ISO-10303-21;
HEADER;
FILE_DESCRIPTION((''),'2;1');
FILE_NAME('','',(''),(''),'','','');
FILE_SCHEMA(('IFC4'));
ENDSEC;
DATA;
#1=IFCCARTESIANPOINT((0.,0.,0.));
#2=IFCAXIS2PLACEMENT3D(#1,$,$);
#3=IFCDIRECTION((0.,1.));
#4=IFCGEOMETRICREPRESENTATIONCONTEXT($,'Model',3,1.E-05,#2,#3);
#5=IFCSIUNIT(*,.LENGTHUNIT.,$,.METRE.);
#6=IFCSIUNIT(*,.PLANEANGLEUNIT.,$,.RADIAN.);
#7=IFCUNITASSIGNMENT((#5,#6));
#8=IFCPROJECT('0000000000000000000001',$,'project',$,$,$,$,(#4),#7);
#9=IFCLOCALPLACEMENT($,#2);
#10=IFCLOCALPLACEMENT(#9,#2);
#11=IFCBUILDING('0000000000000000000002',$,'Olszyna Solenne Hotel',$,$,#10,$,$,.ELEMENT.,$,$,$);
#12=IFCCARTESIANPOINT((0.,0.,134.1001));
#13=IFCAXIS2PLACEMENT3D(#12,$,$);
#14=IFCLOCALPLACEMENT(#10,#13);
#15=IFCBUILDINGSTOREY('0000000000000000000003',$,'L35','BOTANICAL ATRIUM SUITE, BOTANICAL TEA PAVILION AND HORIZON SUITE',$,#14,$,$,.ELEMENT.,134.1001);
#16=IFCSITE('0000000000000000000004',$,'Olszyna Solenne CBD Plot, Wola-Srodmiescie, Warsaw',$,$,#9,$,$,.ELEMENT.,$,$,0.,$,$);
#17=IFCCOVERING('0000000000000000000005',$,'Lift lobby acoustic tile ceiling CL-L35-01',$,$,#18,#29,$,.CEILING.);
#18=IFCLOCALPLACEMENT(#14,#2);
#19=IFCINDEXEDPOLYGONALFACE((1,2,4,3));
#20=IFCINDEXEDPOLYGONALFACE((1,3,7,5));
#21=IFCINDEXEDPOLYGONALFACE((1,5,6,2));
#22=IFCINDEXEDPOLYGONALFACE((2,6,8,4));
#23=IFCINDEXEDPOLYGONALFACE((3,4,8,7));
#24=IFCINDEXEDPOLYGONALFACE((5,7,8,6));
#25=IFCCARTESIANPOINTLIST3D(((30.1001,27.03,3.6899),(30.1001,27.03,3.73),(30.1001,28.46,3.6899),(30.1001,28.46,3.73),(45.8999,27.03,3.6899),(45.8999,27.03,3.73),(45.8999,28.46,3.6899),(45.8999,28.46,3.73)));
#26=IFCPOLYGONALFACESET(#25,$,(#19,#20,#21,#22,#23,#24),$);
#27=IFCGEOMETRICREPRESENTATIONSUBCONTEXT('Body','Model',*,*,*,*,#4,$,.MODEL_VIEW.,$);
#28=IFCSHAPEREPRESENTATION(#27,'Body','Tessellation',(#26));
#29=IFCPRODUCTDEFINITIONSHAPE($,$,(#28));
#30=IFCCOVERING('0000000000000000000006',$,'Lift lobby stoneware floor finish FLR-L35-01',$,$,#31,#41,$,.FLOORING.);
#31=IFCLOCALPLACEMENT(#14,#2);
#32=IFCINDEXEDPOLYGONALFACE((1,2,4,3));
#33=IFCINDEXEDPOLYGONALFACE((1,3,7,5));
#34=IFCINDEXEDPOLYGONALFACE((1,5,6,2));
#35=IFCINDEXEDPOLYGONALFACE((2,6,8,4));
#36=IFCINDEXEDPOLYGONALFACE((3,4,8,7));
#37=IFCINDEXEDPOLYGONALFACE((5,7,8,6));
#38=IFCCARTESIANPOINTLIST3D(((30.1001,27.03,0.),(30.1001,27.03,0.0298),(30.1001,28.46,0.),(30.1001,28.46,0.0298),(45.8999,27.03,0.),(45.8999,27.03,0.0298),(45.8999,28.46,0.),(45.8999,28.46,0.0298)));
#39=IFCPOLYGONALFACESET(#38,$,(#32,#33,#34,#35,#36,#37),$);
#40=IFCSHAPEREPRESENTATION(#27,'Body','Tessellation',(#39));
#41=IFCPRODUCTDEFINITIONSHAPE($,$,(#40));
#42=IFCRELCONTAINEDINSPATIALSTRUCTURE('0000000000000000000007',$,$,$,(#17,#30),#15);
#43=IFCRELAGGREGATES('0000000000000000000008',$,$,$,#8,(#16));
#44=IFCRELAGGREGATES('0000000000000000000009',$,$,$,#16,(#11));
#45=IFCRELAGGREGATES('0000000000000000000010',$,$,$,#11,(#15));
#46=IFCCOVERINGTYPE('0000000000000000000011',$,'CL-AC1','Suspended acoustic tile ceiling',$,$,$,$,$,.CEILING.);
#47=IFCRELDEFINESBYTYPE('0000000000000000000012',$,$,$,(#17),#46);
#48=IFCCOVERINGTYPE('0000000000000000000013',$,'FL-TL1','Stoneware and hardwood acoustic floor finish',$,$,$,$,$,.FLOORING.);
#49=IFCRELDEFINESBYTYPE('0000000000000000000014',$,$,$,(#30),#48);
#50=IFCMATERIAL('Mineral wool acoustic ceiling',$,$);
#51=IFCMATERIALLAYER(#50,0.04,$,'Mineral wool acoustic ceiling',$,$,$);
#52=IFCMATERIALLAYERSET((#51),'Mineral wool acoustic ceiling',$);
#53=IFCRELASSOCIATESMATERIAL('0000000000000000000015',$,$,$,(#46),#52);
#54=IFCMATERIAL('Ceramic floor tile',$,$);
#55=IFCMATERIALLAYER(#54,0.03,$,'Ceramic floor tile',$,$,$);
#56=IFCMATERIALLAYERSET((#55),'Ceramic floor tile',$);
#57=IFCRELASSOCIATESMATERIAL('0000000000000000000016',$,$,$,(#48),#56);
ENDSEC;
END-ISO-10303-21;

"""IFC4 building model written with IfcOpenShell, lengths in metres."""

from ifc_helpers import new_model, si_unit, direction, frame, origin, place, context, subcontext, project, spatial, polyline, outline, extrude, material, layer, layer_set, type_object, element, save


model = new_model("IFC4")

# Units and contexts
model_context = context("Model", 3, precision=1e-05, world=origin(), true_north=direction((0.0, 1.0)))
body_context = subcontext(model_context, "Body", "Model", "MODEL_VIEW")
ifc_project = project(units=[si_unit("LENGTHUNIT", "METRE"), si_unit("PLANEANGLEUNIT", "RADIAN")], contexts=[model_context])

# Site, building, storey
site_placement = place(None, origin())
site = spatial("IfcSite", under=ifc_project, at=site_placement, Name="Olszyna Solenne CBD Plot, Wola-Srodmiescie, Warsaw", CompositionType="ELEMENT", RefElevation=0.0)
building_placement = place(site_placement, origin())
building = spatial("IfcBuilding", under=site, at=building_placement, Name="Olszyna Solenne Hotel", CompositionType="ELEMENT")
storey_placement = place(building_placement, frame((0.0, 0.0, 134.1001)))
storey = spatial("IfcBuildingStorey", under=building, at=storey_placement, Name="L35", Description="BOTANICAL ATRIUM SUITE, BOTANICAL TEA PAVILION AND HORIZON SUITE", CompositionType="ELEMENT", Elevation=134.1001)

# Coverings
ifc_material_1 = material(Name="Mineral wool acoustic ceiling")
ifc_layer_1 = layer(ifc_material_1, 0.04, Name="Mineral wool acoustic ceiling")
ifc_layer_set_1 = layer_set([ifc_layer_1], Name="Mineral wool acoustic ceiling")
covering_type_1 = type_object("IfcCoveringType", Name="CL-AC1", Description="Suspended acoustic tile ceiling", PredefinedType="CEILING", material=ifc_layer_set_1)
covering_1_placement = place(storey_placement, frame((0.0, 0.0, 3.6899)))
element("IfcCovering", 1, at=covering_1_placement, inside=storey, type_object=covering_type_1, Name="Lift lobby acoustic tile ceiling CL-L35-01", PredefinedType="CEILING", context=body_context, shape_type="SweptSolid", body=[
    extrude(outline(polyline([(30.1001, 27.03), (45.8999, 27.03), (45.8999, 28.46), (30.1001, 28.46), (30.1001, 27.03)])), origin(), (0.0, 0.0, 1.0), 0.04),
])
ifc_material_2 = material(Name="Ceramic floor tile")
ifc_layer_2 = layer(ifc_material_2, 0.03, Name="Ceramic floor tile")
ifc_layer_set_2 = layer_set([ifc_layer_2], Name="Ceramic floor tile")
covering_type_2 = type_object("IfcCoveringType", Name="FL-TL1", Description="Stoneware and hardwood acoustic floor finish", PredefinedType="FLOORING", material=ifc_layer_set_2)
covering_2_placement = place(storey_placement, origin())
element("IfcCovering", 2, at=covering_2_placement, inside=storey, type_object=covering_type_2, Name="Lift lobby stoneware floor finish FLR-L35-01", PredefinedType="FLOORING", context=body_context, shape_type="SweptSolid", body=[
    extrude(outline(polyline([(30.1001, 27.03), (45.8999, 27.03), (45.8999, 28.46), (30.1001, 28.46), (30.1001, 27.03)])), origin(), (0.0, 0.0, 1.0), 0.0298),
])

save(model, "model.ifc")
